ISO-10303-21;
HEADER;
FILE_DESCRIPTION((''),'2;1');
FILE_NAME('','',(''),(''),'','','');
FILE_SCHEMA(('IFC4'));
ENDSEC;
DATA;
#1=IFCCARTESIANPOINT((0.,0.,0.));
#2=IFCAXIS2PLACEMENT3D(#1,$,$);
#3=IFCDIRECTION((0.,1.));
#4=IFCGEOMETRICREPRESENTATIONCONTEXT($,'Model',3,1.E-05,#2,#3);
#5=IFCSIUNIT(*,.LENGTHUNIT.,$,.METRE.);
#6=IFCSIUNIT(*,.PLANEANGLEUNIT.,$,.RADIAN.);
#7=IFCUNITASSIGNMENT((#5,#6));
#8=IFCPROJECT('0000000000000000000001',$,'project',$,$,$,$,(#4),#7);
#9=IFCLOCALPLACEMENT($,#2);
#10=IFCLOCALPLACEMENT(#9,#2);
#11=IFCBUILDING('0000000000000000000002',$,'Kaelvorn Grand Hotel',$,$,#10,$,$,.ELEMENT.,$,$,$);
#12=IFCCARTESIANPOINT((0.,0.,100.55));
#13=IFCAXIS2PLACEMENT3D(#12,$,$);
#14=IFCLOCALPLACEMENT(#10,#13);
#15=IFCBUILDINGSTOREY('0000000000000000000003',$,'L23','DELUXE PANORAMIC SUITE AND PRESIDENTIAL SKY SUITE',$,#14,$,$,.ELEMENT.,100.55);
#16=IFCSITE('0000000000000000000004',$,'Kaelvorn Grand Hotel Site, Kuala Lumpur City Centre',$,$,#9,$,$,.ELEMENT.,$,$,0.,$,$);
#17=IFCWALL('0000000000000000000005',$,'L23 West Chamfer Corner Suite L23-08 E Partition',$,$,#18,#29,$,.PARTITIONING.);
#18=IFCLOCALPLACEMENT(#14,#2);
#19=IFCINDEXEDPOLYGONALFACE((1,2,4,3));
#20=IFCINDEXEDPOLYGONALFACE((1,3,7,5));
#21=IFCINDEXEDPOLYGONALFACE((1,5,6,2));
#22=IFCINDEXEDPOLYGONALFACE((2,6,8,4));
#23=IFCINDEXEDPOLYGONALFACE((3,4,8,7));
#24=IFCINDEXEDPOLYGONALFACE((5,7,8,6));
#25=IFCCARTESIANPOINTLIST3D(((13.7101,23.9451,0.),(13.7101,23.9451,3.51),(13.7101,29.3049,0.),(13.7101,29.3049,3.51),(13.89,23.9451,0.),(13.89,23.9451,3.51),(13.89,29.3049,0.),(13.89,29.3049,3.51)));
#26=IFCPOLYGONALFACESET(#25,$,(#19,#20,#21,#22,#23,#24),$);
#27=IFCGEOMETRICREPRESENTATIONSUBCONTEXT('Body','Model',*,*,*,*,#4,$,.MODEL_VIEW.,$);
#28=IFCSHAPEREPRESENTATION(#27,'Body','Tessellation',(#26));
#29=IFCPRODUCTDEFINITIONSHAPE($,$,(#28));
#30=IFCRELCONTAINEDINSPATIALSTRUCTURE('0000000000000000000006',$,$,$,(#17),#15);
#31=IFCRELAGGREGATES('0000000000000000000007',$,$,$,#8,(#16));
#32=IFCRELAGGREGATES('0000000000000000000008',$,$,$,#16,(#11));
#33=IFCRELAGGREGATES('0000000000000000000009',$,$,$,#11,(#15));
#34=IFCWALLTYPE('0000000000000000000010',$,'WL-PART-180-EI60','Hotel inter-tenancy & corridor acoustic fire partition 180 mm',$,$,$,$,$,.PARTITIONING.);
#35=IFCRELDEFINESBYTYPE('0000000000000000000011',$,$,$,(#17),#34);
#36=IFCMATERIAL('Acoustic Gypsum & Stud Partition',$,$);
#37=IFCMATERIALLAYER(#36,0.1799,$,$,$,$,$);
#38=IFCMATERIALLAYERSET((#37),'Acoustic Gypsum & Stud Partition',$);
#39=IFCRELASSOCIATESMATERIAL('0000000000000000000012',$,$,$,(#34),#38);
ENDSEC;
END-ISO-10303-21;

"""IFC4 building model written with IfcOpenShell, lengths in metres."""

from ifc_helpers import new_model, si_unit, direction, frame, frame_2d, origin, place, context, subcontext, project, spatial, rectangle, extrude, material, layer, layer_set, type_object, element, save


model = new_model("IFC4")

# Units and contexts
model_context = context("Model", 3, precision=1e-05, world=origin(), true_north=direction((0.0, 1.0)))
body_context = subcontext(model_context, "Body", "Model", "MODEL_VIEW")
ifc_project = project(units=[si_unit("LENGTHUNIT", "METRE"), si_unit("PLANEANGLEUNIT", "RADIAN")], contexts=[model_context])

# Site, building, storey
site_placement = place(None, origin())
site = spatial("IfcSite", under=ifc_project, at=site_placement, Name="Kaelvorn Grand Hotel Site, Kuala Lumpur City Centre", CompositionType="ELEMENT", RefElevation=0.0)
building_placement = place(site_placement, origin())
building = spatial("IfcBuilding", under=site, at=building_placement, Name="Kaelvorn Grand Hotel", CompositionType="ELEMENT")
storey_placement = place(building_placement, frame((0.0, 0.0, 100.55)))
storey = spatial("IfcBuildingStorey", under=building, at=storey_placement, Name="L23", Description="DELUXE PANORAMIC SUITE AND PRESIDENTIAL SKY SUITE", CompositionType="ELEMENT", Elevation=100.55)

# Shared definitions
ifc_material_1 = material(Name="Acoustic Gypsum & Stud Partition")
ifc_layer_1 = layer(ifc_material_1, 0.1799)
ifc_layer_set_1 = layer_set([ifc_layer_1], Name="Acoustic Gypsum & Stud Partition")
wall_type_1 = type_object("IfcWallType", Name="WL-PART-180-EI60", Description="Hotel inter-tenancy & corridor acoustic fire partition 180 mm", PredefinedType="PARTITIONING", material=ifc_layer_set_1)

# Wall
wall_1_placement = place(storey_placement, frame((13.8, 23.9451, 0.0), z_axis=(0.0, 0.0, 1.0), x_axis=(0.0, 1.0, 0.0)))
element("IfcWall", 1, at=wall_1_placement, inside=storey, type_object=wall_type_1, Name="L23 West Chamfer Corner Suite L23-08 E Partition", PredefinedType="PARTITIONING", context=body_context, shape_type="SweptSolid", body=[
    extrude(rectangle(XDim=5.3599, YDim=0.1799, at=frame_2d((2.6799, 0.0))), origin(), (0.0, 0.0, 1.0), 3.51),
])

save(model, "model.ifc")
